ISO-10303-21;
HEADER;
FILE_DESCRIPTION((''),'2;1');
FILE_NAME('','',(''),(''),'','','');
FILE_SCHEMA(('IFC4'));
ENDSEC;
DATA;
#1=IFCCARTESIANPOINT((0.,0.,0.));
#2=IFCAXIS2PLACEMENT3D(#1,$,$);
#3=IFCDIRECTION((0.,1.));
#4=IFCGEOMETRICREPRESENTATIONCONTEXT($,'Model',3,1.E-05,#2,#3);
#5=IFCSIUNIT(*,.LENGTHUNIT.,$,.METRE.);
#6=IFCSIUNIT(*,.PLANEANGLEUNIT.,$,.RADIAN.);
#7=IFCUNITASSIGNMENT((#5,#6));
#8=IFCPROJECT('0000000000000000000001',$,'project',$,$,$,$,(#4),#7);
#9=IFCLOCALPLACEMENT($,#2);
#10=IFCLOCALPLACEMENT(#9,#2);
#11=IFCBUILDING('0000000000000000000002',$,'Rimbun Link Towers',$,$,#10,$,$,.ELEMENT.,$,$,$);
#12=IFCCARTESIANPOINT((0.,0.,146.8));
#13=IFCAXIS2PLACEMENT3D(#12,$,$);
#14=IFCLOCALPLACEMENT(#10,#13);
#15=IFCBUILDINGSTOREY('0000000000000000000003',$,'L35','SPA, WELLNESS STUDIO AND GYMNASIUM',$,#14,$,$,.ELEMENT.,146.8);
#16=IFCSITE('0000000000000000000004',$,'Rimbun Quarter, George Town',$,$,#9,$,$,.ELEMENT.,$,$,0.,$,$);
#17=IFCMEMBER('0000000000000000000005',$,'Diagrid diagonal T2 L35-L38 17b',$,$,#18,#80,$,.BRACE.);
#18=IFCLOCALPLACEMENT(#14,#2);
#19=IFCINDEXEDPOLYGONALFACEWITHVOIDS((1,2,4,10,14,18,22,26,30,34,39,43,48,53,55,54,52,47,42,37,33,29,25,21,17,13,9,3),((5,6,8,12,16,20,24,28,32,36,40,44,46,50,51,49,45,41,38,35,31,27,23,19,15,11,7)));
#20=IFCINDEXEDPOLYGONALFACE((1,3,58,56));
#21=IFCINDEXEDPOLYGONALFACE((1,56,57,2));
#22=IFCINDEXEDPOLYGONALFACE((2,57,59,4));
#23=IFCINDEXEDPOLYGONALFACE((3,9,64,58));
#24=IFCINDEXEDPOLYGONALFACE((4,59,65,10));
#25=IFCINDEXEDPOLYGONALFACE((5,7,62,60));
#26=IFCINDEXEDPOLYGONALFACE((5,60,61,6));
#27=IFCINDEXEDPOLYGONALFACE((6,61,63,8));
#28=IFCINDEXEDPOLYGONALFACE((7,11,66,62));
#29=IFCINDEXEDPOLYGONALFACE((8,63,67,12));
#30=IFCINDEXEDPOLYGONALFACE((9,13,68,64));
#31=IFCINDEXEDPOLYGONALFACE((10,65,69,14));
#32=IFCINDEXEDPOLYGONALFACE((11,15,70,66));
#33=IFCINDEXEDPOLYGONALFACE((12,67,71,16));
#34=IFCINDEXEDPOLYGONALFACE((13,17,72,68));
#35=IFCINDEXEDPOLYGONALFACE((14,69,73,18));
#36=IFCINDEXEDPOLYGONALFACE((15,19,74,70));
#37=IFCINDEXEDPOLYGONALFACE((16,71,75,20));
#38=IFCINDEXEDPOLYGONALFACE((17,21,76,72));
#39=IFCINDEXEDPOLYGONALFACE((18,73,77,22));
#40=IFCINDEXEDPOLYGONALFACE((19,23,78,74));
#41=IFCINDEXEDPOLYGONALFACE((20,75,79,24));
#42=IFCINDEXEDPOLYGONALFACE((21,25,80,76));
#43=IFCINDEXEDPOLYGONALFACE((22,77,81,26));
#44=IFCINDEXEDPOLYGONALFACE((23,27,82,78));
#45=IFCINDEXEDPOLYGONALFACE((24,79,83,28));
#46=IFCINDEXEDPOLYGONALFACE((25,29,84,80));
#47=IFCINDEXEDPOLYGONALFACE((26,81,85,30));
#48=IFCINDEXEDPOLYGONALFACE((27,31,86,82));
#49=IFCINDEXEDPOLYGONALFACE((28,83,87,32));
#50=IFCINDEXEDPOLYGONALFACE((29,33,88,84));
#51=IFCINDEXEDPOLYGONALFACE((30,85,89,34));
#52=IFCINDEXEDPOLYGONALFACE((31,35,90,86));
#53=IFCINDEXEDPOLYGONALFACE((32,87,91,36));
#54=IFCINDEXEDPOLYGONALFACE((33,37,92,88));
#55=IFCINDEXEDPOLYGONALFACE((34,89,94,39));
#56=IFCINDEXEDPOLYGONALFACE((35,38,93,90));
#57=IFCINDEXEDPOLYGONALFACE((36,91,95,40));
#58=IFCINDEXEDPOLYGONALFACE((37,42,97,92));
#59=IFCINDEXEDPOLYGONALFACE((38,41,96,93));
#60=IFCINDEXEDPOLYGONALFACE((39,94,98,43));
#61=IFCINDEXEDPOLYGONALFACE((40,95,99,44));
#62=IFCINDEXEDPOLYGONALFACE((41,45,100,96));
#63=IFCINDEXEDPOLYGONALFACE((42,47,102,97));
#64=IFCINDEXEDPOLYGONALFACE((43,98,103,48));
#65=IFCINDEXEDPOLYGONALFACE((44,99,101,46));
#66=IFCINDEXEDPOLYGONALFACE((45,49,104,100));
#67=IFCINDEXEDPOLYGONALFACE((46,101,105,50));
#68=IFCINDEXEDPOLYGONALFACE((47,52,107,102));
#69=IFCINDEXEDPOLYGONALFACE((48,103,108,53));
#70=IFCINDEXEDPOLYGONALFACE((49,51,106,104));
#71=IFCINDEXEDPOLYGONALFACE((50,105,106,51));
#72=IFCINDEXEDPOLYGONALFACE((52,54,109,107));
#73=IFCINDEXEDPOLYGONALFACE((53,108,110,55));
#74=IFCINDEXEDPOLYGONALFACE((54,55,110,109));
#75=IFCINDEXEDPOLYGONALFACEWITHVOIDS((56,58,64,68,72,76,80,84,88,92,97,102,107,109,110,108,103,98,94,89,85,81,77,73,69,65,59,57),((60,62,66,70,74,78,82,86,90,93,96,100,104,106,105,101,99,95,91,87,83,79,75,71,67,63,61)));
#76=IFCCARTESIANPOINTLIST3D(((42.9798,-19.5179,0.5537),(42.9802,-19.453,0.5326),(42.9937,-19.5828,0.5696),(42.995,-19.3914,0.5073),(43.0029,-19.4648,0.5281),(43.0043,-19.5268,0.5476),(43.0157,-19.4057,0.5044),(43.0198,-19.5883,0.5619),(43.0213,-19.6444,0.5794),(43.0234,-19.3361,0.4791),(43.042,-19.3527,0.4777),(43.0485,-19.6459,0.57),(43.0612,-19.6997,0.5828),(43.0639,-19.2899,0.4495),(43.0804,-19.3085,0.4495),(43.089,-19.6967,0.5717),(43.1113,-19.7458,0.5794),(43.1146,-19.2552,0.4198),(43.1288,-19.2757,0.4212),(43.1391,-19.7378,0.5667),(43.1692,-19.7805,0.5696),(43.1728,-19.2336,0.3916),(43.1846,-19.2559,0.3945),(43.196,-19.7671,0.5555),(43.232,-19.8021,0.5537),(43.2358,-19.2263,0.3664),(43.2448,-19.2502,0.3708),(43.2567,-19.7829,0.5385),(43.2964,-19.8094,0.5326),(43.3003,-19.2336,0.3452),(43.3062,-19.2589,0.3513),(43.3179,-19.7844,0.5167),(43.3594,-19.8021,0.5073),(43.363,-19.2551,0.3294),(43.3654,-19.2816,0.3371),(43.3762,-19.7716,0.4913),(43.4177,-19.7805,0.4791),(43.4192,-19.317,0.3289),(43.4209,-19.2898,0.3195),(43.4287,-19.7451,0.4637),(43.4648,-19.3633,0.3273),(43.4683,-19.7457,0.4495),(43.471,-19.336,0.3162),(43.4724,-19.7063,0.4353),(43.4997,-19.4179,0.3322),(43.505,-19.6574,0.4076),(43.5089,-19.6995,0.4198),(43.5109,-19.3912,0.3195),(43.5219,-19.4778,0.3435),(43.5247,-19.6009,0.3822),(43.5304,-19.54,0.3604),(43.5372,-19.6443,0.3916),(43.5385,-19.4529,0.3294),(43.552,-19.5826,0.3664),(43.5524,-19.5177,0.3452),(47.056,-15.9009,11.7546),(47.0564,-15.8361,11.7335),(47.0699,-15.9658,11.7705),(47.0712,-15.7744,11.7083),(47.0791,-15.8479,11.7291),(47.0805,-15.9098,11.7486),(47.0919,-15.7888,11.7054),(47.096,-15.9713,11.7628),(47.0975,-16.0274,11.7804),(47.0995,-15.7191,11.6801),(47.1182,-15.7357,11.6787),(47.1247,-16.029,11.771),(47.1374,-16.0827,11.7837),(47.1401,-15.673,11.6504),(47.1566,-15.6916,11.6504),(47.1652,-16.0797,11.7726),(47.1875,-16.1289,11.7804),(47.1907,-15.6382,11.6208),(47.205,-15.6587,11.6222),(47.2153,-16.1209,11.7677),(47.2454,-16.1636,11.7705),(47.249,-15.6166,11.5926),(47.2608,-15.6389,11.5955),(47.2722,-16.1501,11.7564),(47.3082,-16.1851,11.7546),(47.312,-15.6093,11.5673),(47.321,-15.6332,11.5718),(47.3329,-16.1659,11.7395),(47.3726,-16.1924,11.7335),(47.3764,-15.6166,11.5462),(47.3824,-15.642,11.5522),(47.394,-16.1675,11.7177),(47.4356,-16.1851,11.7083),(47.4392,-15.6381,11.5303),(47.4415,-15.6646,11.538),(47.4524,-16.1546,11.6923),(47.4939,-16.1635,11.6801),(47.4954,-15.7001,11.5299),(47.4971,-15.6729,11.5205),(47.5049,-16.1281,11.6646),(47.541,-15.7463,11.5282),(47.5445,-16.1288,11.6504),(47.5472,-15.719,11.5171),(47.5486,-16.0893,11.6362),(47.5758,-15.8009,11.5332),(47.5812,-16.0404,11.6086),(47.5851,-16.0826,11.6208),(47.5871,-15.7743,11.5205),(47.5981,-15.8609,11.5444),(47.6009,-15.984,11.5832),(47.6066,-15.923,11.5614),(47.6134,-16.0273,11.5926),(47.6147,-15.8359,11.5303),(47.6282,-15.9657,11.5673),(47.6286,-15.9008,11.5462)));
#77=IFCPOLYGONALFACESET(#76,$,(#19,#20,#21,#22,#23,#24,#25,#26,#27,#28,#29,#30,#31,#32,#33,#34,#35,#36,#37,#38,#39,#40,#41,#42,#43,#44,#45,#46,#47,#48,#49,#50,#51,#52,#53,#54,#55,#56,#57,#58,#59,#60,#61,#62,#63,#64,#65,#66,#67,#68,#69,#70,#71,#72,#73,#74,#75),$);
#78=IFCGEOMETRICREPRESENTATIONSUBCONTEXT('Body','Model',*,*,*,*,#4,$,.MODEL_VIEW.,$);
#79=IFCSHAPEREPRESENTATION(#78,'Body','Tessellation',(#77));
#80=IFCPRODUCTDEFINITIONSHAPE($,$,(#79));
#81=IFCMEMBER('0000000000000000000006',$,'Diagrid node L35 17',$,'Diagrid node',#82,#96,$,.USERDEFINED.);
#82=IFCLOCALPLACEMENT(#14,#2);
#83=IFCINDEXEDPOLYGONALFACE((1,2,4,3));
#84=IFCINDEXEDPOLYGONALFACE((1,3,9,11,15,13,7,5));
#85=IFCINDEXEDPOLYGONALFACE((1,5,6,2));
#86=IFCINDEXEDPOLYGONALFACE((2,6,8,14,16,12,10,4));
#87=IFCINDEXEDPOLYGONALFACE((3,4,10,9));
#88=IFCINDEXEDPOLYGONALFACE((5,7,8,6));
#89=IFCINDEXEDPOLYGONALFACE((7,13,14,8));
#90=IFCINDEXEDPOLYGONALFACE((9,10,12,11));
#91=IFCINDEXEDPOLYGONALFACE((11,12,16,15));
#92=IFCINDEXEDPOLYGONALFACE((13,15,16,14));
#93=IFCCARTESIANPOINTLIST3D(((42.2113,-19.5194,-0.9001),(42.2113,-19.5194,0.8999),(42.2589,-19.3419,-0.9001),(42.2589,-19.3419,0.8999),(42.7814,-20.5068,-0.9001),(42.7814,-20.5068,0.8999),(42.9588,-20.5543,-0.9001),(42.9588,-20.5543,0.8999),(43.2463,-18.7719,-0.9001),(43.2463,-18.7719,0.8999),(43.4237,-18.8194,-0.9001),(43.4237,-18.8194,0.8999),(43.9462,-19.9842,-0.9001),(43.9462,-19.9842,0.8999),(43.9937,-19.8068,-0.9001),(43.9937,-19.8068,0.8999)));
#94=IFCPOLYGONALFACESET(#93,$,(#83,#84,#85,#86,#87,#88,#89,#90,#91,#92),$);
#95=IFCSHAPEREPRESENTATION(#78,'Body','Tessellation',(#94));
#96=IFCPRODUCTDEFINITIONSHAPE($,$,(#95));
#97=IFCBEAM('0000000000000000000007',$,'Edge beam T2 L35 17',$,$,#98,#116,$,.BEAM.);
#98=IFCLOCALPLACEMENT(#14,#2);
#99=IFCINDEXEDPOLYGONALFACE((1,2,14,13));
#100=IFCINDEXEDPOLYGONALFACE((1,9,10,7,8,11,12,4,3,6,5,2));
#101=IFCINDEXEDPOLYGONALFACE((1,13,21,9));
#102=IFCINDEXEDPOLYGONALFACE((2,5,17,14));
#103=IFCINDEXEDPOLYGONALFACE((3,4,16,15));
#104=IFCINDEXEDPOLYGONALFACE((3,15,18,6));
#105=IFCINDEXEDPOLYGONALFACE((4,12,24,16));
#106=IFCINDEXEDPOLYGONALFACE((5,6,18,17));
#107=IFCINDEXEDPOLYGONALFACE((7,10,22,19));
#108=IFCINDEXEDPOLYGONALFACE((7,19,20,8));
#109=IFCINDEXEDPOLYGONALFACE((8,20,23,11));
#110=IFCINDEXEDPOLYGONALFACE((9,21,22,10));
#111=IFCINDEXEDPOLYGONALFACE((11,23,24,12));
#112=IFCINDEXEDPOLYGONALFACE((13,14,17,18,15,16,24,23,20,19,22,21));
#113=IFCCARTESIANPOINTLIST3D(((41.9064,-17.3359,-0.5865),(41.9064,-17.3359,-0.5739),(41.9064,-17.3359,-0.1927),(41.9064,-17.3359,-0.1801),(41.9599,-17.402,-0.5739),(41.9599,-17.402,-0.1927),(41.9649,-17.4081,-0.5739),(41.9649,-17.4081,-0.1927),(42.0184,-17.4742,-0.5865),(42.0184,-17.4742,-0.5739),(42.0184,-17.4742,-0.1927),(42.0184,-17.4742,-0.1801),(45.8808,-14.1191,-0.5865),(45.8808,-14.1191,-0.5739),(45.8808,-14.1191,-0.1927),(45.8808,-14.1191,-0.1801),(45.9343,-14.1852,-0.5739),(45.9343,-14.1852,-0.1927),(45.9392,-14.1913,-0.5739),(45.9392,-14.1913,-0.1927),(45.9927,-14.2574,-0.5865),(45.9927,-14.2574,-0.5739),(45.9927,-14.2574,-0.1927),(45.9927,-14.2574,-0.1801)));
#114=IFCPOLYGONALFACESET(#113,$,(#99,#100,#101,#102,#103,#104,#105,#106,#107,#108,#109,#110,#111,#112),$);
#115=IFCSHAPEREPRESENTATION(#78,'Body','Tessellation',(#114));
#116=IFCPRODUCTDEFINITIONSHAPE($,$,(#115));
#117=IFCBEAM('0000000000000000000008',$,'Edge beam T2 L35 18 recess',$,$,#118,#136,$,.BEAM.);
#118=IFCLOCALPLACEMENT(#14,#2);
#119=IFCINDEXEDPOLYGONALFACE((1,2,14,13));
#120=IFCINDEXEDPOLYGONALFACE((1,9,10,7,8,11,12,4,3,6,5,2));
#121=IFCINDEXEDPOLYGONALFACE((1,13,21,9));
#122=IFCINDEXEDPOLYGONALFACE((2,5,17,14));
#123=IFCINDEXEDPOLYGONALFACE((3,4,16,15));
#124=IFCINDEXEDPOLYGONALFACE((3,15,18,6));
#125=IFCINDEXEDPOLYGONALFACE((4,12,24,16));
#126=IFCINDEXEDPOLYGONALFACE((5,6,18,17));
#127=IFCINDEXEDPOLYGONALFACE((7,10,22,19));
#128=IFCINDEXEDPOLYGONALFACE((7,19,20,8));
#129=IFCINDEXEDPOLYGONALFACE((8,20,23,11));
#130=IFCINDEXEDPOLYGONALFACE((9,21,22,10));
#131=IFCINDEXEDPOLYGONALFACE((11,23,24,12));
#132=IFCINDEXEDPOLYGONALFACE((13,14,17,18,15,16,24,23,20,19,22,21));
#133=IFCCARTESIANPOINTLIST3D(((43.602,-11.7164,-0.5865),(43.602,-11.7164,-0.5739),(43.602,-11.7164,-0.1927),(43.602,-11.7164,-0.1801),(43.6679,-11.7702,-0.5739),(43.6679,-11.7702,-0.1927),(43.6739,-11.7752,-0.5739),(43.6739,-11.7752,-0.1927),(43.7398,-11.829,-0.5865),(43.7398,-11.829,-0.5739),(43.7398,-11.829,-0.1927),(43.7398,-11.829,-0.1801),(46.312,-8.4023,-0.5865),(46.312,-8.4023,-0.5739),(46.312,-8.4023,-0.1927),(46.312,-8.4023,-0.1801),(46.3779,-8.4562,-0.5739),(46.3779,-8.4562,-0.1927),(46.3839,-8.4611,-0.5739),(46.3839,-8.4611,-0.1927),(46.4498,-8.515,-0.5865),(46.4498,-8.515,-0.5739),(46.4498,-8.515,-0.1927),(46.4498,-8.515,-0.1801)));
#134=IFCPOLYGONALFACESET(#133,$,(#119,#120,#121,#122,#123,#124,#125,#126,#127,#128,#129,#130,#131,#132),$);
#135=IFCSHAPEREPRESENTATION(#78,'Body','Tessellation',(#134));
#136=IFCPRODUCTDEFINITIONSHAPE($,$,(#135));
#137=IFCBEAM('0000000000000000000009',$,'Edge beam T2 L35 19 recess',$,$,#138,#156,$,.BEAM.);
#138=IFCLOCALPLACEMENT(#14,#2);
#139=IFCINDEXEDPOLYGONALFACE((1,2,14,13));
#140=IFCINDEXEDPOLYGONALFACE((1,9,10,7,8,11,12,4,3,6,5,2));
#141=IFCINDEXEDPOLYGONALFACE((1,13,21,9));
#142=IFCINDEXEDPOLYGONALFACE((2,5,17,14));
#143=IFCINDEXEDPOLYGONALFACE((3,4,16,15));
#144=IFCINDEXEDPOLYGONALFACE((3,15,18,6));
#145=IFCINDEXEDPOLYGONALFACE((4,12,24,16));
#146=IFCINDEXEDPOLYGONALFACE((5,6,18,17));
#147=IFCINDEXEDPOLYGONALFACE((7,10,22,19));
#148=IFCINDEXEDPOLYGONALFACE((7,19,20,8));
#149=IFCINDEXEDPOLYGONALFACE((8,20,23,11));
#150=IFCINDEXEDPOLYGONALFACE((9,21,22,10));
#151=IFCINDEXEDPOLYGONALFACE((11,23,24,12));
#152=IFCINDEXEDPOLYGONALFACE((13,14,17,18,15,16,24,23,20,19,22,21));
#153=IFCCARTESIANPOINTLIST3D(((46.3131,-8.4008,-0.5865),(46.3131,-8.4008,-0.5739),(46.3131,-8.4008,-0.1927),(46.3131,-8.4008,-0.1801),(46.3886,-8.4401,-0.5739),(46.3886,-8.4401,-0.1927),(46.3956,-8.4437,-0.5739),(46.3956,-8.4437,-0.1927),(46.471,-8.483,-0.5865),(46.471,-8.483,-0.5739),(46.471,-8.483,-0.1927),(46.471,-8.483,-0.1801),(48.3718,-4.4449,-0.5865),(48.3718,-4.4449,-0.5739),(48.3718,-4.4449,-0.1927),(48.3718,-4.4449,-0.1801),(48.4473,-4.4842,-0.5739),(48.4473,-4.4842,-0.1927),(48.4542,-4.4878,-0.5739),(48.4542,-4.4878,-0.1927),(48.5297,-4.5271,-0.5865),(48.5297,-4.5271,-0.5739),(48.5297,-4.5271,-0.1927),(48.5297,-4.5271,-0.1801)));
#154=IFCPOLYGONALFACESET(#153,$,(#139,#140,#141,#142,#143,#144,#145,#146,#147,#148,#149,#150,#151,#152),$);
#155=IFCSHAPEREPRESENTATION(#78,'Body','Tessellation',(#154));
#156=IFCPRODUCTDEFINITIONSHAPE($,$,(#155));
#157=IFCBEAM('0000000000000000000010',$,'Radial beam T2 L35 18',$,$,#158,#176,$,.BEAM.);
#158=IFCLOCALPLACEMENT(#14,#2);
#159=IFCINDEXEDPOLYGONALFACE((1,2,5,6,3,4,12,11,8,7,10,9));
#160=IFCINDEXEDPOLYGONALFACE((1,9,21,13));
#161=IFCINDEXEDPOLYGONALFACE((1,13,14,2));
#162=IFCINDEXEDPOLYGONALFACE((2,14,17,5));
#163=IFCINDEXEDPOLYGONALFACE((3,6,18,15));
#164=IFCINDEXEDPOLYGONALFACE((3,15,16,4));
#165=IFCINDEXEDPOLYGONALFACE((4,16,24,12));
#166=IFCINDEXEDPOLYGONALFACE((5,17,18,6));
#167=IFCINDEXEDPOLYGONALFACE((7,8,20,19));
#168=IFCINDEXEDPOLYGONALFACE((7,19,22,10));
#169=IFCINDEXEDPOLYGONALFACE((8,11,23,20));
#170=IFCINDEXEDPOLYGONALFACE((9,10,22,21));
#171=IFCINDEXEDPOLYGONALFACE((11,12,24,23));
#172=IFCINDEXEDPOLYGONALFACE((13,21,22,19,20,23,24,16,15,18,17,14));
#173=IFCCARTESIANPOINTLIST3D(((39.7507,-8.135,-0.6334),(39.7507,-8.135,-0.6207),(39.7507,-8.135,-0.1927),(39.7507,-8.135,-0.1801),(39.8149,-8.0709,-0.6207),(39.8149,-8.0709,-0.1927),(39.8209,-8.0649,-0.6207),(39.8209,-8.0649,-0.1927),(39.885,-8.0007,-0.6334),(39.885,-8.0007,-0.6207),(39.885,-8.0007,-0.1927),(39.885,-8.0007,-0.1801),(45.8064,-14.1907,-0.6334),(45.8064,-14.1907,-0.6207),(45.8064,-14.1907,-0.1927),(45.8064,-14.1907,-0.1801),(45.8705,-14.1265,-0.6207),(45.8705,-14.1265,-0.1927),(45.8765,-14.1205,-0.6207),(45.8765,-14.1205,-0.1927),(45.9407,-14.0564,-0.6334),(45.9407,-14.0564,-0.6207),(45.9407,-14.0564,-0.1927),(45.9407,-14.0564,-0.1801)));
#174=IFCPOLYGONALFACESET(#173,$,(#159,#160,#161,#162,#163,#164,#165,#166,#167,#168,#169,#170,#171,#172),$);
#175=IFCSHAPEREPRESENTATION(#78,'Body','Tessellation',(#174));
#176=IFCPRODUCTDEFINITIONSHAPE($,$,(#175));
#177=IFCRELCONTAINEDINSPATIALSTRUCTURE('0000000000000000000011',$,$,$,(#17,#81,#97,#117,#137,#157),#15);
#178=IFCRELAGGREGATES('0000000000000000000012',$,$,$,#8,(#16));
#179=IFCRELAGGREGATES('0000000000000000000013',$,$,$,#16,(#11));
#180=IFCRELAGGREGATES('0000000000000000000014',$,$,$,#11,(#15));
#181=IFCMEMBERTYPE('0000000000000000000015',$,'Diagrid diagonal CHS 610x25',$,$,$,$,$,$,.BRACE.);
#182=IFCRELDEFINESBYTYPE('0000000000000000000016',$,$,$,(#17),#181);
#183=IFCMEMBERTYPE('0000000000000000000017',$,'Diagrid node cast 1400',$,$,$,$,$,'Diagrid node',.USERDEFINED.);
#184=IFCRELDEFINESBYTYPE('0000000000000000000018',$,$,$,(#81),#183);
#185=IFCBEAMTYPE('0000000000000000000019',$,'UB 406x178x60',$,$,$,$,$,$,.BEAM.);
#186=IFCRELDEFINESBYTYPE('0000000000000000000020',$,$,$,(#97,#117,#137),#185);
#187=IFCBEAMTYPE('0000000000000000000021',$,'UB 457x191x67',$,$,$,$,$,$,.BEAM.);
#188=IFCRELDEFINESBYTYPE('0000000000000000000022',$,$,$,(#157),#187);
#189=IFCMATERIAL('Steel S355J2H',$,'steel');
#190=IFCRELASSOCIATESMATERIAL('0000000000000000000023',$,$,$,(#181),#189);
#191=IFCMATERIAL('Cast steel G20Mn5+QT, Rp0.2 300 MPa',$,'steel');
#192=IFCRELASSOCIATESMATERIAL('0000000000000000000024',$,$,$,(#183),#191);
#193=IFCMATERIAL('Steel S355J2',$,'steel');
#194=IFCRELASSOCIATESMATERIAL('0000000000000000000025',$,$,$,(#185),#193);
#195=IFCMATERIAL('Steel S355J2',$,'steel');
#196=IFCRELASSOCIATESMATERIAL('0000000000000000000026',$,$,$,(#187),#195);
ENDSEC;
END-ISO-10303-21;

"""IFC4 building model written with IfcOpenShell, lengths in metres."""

from ifc_helpers import new_model, si_unit, direction, frame, origin, origin_2d, place, context, subcontext, project, spatial, polyline, hollow_circle, i_section, outline, extrude, material, material_profile, profile_set, type_object, element, save


model = new_model("IFC4")

# Units and contexts
model_context = context("Model", 3, precision=1e-05, world=origin(), true_north=direction((0.0, 1.0)))
body_context = subcontext(model_context, "Body", "Model", "MODEL_VIEW")
ifc_project = project(units=[si_unit("LENGTHUNIT", "METRE"), si_unit("PLANEANGLEUNIT", "RADIAN")], contexts=[model_context])

# Site, building, storey
site_placement = place(None, origin())
site = spatial("IfcSite", under=ifc_project, at=site_placement, Name="Rimbun Quarter, George Town", CompositionType="ELEMENT", RefElevation=0.0)
building_placement = place(site_placement, origin())
building = spatial("IfcBuilding", under=site, at=building_placement, Name="Rimbun Link Towers", CompositionType="ELEMENT")
storey_placement = place(building_placement, frame((0.0, 0.0, 146.8)))
storey = spatial("IfcBuildingStorey", under=building, at=storey_placement, Name="L35", Description="SPA, WELLNESS STUDIO AND GYMNASIUM", CompositionType="ELEMENT", Elevation=146.8)

# Members
ifc_material_1 = material(Name="Steel S355J2H", Category="steel")
ifc_material_profile_1 = material_profile(ifc_material_1, hollow_circle(Radius=0.3047, WallThickness=0.0249, at=origin_2d()), Name="Diagrid diagonal CHS 610x25")
ifc_profile_set_1 = profile_set([ifc_material_profile_1], Name="Steel S355J2H")
member_type_1 = type_object("IfcMemberType", Name="Diagrid diagonal CHS 610x25", PredefinedType="BRACE", material=ifc_profile_set_1)
member_1_placement = place(storey_placement, frame((43.2661, -19.5178, 0.4495), z_axis=(0.327239, 0.290372, 0.899221), x_axis=(-0.663716, 0.747985, 0.0)))
element("IfcMember", 1, at=member_1_placement, inside=storey, type_object=member_type_1, Name="Diagrid diagonal T2 L35-L38 17b", PredefinedType="BRACE", context=body_context, shape_type="SweptSolid", body=[
    extrude(hollow_circle(Radius=0.3047, WallThickness=0.0249, at=origin_2d()), origin(), (0.0, 0.0, 1.0), 12.4563),
])
ifc_material_2 = material(Name="Cast steel G20Mn5+QT, Rp0.2 300 MPa", Category="steel")
ifc_material_profile_2 = material_profile(ifc_material_2, outline(polyline([(0.7, -0.5701), (0.7, 0.5701), (0.5701, 0.7), (-0.5701, 0.7), (-0.7, 0.5701), (-0.7, -0.5701), (-0.5701, -0.7), (0.5701, -0.7), (0.7, -0.5701)])), Name="NODE 1400x1400")
ifc_profile_set_2 = profile_set([ifc_material_profile_2], Name="Cast steel G20Mn5+QT, Rp0.2 300 MPa")
member_type_2 = type_object("IfcMemberType", Name="Diagrid node cast 1400", ElementType="Diagrid node", PredefinedType="USERDEFINED", material=ifc_profile_set_2)
member_2_placement = place(storey_placement, frame((43.1025, -19.6631, -0.9001), z_axis=(0.0, 0.0, 1.0), x_axis=(0.5, -0.866025, 0.0)))
element("IfcMember", 2, at=member_2_placement, inside=storey, type_object=member_type_2, Name="Diagrid node L35 17", ObjectType="Diagrid node", PredefinedType="USERDEFINED", context=body_context, shape_type="SweptSolid", body=[
    extrude(outline(polyline([(0.7, -0.5701), (0.7, 0.5701), (0.5701, 0.7), (-0.5701, 0.7), (-0.7, 0.5701), (-0.7, -0.5701), (-0.5701, -0.7), (0.5701, -0.7), (0.7, -0.5701)])), origin(), (0.0, 0.0, 1.0), 1.8),
])

# Beams
ifc_material_3 = material(Name="Steel S355J2", Category="steel")
ifc_material_profile_3 = material_profile(ifc_material_3, i_section(OverallWidth=0.178, OverallDepth=0.4065, WebThickness=0.0078, FlangeThickness=0.0127, at=origin_2d()), Name="UB 406x178x60")
ifc_profile_set_3 = profile_set([ifc_material_profile_3], Name="Steel S355J2")
beam_type_1 = type_object("IfcBeamType", Name="UB 406x178x60", PredefinedType="BEAM", material=ifc_profile_set_3)
beam_1_placement = place(storey_placement, frame((41.9624, -17.405, -0.3833), z_axis=(0.777297, 0.629134, 0.0), x_axis=(-0.629134, 0.777297, 0.0)))
element("IfcBeam", 3, at=beam_1_placement, inside=storey, type_object=beam_type_1, Name="Edge beam T2 L35 17", PredefinedType="BEAM", context=body_context, shape_type="SweptSolid", body=[
    extrude(i_section(OverallWidth=0.178, OverallDepth=0.4065, WebThickness=0.0078, FlangeThickness=0.0127, at=origin_2d()), origin(), (0.0, 0.0, 1.0), 5.113),
])
beam_2_placement = place(storey_placement, frame((43.6709, -11.7727, -0.3833), z_axis=(0.633033, 0.774125, 0.0), x_axis=(-0.774125, 0.633033, 0.0)))
element("IfcBeam", 4, at=beam_2_placement, inside=storey, type_object=beam_type_1, Name="Edge beam T2 L35 18 recess", PredefinedType="BEAM", context=body_context, shape_type="SweptSolid", body=[
    extrude(i_section(OverallWidth=0.178, OverallDepth=0.4065, WebThickness=0.0078, FlangeThickness=0.0127, at=origin_2d()), origin(), (0.0, 0.0, 1.0), 4.281),
])
beam_3_placement = place(storey_placement, frame((46.3921, -8.4419, -0.3833), z_axis=(0.46163, 0.887072, 0.0), x_axis=(-0.887072, 0.46163, 0.0)))
element("IfcBeam", 5, at=beam_3_placement, inside=storey, type_object=beam_type_1, Name="Edge beam T2 L35 19 recess", PredefinedType="BEAM", context=body_context, shape_type="SweptSolid", body=[
    extrude(i_section(OverallWidth=0.178, OverallDepth=0.4065, WebThickness=0.0078, FlangeThickness=0.0127, at=origin_2d()), origin(), (0.0, 0.0, 1.0), 4.4595),
])
ifc_material_4 = material(Name="Steel S355J2", Category="steel")
ifc_material_profile_4 = material_profile(ifc_material_4, i_section(OverallWidth=0.1899, OverallDepth=0.4534, WebThickness=0.0085, FlangeThickness=0.0127, at=origin_2d()), Name="UB 457x191x67")
ifc_profile_set_4 = profile_set([ifc_material_profile_4], Name="Steel S355J2")
beam_type_2 = type_object("IfcBeamType", Name="UB 457x191x67", PredefinedType="BEAM", material=ifc_profile_set_4)
beam_4_placement = place(storey_placement, frame((39.8179, -8.0679, -0.4067), z_axis=(0.707107, -0.707107, 0.0), x_axis=(0.707107, 0.707107, 0.0)))
element("IfcBeam", 6, at=beam_4_placement, inside=storey, type_object=beam_type_2, Name="Radial beam T2 L35 18", PredefinedType="BEAM", context=body_context, shape_type="SweptSolid", body=[
    extrude(i_section(OverallWidth=0.1899, OverallDepth=0.4534, WebThickness=0.0085, FlangeThickness=0.0127, at=origin_2d()), origin(), (0.0, 0.0, 1.0), 8.564),
])

save(model, "model.ifc")
